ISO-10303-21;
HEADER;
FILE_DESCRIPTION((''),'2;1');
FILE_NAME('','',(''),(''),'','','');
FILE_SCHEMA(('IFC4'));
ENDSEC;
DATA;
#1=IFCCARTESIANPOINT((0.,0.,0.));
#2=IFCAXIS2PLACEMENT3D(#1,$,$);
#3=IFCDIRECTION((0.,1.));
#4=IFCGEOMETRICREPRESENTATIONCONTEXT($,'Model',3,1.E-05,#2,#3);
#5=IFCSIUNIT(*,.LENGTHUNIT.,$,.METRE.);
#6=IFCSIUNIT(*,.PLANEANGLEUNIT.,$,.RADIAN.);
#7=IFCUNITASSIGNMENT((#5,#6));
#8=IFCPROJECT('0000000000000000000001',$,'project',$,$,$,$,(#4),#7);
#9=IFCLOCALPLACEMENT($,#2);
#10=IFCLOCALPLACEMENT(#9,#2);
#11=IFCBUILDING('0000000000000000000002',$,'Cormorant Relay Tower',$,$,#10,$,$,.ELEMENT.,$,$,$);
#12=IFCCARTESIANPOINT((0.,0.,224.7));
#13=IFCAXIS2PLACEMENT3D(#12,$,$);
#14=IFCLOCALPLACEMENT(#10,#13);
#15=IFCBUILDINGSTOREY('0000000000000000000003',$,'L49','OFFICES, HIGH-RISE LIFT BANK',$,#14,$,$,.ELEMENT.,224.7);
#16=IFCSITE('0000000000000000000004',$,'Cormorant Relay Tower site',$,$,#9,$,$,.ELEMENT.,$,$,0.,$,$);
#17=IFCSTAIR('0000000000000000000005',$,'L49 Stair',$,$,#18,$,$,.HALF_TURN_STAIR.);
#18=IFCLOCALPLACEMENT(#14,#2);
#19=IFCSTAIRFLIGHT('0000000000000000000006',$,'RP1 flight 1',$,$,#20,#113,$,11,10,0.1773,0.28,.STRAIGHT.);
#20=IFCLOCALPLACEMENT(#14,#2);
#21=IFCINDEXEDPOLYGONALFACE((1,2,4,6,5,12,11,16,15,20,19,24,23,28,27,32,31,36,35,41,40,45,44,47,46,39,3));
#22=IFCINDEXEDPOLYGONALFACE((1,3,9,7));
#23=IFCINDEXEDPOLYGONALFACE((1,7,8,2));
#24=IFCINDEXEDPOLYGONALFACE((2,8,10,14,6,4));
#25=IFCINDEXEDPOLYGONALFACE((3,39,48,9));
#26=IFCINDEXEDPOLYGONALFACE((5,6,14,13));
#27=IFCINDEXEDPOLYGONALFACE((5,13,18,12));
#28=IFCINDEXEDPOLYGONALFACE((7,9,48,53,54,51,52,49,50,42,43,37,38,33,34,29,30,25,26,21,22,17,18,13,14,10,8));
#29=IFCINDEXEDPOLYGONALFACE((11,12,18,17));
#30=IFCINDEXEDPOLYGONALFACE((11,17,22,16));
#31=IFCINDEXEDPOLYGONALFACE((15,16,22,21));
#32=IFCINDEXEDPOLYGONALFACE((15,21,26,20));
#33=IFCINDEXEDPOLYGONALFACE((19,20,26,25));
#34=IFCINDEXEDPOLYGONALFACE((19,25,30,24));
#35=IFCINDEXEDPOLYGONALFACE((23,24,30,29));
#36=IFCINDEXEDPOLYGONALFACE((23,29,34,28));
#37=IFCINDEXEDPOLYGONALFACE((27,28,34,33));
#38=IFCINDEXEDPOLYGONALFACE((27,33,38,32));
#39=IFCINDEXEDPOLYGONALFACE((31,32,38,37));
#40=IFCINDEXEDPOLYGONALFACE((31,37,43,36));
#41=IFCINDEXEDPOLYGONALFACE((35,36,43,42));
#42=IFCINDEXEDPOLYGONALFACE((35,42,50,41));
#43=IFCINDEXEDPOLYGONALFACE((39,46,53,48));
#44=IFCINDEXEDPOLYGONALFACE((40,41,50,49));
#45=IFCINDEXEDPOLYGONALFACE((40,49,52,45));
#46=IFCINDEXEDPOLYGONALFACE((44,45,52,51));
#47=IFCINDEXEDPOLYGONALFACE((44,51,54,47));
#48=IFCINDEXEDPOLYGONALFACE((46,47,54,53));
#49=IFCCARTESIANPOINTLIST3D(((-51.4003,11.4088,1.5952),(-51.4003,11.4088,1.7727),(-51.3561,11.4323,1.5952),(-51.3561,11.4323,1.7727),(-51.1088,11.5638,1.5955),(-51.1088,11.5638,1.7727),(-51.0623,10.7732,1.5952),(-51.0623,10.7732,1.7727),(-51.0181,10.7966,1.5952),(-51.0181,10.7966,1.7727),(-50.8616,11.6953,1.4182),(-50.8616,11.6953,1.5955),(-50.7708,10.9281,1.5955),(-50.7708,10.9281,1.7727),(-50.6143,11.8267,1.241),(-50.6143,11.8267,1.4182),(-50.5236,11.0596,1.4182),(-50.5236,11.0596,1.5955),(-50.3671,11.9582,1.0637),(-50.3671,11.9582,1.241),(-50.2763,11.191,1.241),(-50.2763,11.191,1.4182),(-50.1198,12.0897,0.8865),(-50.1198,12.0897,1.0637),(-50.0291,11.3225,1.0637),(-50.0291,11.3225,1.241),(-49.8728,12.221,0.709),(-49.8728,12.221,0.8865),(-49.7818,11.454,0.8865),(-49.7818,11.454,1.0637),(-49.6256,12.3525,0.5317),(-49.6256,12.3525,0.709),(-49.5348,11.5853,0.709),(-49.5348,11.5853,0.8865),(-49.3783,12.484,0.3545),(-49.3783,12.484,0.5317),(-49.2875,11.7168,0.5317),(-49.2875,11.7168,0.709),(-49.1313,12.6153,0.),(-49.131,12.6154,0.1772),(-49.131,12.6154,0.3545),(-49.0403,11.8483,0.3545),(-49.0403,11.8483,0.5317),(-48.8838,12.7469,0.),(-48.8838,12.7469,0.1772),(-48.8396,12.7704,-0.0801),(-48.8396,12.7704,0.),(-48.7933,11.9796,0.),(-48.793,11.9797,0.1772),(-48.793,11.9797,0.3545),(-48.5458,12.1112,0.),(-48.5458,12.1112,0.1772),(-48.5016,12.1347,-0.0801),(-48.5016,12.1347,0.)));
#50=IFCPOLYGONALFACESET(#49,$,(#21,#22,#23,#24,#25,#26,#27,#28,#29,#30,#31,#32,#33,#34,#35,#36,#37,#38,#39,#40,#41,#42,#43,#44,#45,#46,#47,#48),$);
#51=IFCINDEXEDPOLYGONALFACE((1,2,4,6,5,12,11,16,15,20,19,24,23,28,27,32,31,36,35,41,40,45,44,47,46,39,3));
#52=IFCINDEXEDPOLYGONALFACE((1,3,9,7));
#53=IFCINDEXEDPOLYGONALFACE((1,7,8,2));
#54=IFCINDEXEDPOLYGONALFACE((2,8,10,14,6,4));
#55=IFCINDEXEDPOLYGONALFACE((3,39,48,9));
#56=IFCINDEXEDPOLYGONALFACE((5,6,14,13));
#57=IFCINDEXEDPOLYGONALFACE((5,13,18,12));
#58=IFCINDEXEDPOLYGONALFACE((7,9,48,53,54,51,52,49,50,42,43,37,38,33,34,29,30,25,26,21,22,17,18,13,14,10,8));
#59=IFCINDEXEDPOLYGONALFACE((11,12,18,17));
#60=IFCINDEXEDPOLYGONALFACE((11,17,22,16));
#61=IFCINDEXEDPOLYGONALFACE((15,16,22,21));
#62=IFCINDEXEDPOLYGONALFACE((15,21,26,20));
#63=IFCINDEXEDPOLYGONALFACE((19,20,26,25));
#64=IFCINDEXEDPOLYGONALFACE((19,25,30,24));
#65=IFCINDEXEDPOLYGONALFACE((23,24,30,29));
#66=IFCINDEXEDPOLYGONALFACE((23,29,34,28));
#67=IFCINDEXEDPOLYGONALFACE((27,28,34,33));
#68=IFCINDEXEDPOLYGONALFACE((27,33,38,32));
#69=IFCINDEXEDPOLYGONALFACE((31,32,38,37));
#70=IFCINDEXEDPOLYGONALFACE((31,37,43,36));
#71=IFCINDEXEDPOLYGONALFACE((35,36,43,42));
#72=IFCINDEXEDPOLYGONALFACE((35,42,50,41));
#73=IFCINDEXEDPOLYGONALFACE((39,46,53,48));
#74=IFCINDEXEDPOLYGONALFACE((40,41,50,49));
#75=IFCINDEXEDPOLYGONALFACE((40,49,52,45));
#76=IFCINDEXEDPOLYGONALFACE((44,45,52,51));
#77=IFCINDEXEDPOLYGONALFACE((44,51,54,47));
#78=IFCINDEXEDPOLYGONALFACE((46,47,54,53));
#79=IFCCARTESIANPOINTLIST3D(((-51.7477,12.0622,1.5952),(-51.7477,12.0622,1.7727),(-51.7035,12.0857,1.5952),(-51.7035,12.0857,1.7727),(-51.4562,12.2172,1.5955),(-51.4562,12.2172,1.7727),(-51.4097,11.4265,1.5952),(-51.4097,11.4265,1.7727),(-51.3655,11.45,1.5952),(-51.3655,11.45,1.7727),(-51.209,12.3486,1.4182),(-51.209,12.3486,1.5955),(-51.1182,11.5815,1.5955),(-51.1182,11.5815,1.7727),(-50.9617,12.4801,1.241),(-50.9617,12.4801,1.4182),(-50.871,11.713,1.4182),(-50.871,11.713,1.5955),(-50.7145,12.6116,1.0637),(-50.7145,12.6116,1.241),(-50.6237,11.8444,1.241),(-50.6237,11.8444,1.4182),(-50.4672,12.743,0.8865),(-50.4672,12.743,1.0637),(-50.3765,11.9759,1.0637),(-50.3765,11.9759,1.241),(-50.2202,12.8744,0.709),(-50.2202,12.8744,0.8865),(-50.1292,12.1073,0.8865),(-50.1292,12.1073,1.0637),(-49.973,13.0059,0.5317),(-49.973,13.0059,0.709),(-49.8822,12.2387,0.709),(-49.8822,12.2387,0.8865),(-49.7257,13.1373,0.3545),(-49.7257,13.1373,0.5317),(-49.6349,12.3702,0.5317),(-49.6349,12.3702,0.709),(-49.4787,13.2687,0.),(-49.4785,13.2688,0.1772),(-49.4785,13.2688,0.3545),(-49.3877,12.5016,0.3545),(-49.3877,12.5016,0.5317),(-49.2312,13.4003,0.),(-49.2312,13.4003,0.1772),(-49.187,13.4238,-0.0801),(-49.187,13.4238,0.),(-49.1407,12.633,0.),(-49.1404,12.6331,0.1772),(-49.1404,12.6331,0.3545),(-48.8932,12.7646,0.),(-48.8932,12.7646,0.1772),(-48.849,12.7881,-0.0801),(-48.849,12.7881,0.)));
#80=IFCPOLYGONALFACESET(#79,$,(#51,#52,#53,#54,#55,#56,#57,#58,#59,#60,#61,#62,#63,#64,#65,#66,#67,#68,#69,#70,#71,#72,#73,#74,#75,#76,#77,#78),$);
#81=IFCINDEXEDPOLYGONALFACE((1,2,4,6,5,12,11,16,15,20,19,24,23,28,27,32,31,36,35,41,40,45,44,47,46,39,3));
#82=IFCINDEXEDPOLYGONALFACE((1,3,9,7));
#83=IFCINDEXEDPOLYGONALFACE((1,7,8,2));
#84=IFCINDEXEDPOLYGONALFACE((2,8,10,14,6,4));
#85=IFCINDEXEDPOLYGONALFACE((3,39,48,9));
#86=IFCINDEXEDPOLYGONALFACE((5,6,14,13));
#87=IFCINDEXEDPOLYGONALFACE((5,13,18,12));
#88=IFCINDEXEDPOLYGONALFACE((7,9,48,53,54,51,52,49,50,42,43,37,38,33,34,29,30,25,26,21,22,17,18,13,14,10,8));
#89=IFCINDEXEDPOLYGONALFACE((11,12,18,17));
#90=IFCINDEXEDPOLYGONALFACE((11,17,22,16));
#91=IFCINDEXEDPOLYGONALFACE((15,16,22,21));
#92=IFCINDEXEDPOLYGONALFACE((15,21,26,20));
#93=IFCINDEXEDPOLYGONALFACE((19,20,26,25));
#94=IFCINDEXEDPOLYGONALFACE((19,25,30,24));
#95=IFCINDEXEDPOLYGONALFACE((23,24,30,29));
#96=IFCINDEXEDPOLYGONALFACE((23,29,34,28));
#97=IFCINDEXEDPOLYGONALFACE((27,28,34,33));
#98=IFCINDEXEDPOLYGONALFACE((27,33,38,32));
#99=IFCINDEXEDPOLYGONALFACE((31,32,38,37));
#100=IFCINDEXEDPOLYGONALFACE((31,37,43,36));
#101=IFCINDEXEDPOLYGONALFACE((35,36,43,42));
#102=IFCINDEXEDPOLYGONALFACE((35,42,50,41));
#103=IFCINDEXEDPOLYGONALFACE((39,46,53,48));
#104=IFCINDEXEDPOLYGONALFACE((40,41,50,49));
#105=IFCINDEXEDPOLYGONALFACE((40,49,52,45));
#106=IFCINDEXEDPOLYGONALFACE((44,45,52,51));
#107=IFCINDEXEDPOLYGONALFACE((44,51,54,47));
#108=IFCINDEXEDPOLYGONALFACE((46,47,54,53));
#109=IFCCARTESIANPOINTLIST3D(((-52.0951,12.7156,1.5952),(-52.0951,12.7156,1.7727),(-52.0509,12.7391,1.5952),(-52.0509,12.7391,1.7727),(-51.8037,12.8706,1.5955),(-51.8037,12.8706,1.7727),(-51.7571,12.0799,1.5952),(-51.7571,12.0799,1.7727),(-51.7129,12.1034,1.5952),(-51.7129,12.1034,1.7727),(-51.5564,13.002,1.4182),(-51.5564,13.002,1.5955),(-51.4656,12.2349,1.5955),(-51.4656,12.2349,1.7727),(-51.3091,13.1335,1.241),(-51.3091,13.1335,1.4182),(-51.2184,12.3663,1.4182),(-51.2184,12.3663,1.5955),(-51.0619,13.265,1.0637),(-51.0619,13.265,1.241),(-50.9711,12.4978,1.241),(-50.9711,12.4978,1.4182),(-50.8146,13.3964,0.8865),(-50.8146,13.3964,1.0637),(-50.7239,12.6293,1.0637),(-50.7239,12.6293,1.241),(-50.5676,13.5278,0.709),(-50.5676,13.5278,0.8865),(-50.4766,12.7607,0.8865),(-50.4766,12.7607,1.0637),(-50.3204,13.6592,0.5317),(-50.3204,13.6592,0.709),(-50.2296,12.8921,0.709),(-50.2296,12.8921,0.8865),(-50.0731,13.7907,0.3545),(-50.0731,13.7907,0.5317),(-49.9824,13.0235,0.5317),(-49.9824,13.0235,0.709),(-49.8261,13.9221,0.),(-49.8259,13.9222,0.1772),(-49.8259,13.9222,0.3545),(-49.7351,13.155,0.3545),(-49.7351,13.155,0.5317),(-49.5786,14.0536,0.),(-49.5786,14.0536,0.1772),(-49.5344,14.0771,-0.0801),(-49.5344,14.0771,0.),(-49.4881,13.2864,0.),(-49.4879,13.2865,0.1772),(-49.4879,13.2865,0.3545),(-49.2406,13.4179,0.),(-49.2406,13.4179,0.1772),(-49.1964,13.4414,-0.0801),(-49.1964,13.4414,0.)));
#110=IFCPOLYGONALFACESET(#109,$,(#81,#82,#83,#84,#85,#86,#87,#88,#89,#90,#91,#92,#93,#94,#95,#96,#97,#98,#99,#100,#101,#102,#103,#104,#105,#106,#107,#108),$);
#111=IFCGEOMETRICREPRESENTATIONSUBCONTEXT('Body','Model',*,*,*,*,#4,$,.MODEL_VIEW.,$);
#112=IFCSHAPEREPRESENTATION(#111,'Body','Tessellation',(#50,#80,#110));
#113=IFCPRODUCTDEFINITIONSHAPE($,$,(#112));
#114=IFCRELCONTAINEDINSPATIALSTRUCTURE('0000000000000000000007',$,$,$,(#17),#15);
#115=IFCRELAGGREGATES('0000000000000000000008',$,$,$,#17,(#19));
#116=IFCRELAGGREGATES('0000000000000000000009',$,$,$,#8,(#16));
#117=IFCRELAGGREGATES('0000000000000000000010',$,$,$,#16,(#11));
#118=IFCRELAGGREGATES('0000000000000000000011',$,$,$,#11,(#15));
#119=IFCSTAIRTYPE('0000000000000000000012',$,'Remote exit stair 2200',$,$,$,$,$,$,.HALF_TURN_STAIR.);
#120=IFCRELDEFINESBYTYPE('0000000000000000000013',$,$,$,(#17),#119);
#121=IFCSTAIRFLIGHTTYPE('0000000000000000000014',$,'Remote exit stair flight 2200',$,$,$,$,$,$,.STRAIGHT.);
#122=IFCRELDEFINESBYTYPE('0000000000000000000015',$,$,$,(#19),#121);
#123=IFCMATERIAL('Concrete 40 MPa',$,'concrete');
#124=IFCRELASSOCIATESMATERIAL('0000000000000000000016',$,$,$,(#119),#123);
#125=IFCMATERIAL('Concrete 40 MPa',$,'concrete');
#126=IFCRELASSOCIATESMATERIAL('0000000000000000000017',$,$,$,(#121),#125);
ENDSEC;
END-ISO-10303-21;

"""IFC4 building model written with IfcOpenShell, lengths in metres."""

from ifc_helpers import new_model, si_unit, direction, frame, origin, place, context, subcontext, project, spatial, polyline, outline, extrude, material, type_object, element, aggregate, save


model = new_model("IFC4")

# Units and contexts
model_context = context("Model", 3, precision=1e-05, world=origin(), true_north=direction((0.0, 1.0)))
body_context = subcontext(model_context, "Body", "Model", "MODEL_VIEW")
ifc_project = project(units=[si_unit("LENGTHUNIT", "METRE"), si_unit("PLANEANGLEUNIT", "RADIAN")], contexts=[model_context])

# Site, building, storey
site_placement = place(None, origin())
site = spatial("IfcSite", under=ifc_project, at=site_placement, Name="Cormorant Relay Tower site", CompositionType="ELEMENT", RefElevation=0.0)
building_placement = place(site_placement, origin())
building = spatial("IfcBuilding", under=site, at=building_placement, Name="Cormorant Relay Tower", CompositionType="ELEMENT")
storey_placement = place(building_placement, frame((0.0, 0.0, 224.7)))
storey = spatial("IfcBuildingStorey", under=building, at=storey_placement, Name="L49", Description="OFFICES, HIGH-RISE LIFT BANK", CompositionType="ELEMENT", Elevation=224.7)

# Stair, stair flight
ifc_material_1 = material(Name="Concrete 40 MPa", Category="concrete")
stair_type = type_object("IfcStairType", Name="Remote exit stair 2200", PredefinedType="HALF_TURN_STAIR", material=ifc_material_1)
stair_placement = place(storey_placement, origin())
stair = element("IfcStair", 1, at=stair_placement, inside=storey, type_object=stair_type, Name="L49 Stair", PredefinedType="HALF_TURN_STAIR")
ifc_material_2 = material(Name="Concrete 40 MPa", Category="concrete")
stair_flight_type = type_object("IfcStairFlightType", Name="Remote exit stair flight 2200", PredefinedType="STRAIGHT", material=ifc_material_2)
stair_flight_1_placement = place(storey_placement, frame((-49.0623, 13.0825, 0.0), z_axis=(0.0, 0.0, 1.0), x_axis=(-0.882948, -0.469472, 0.0)))
stair_flight_1 = element("IfcStairFlight", 2, at=stair_flight_1_placement, type_object=stair_flight_type, Name="RP1 flight 1", NumberOfRisers=11, NumberOfTreads=10, PredefinedType="STRAIGHT", RiserHeight=0.1773, TreadLength=0.28, context=body_context, shape_type="SweptSolid", body=[
    extrude(outline(polyline([(-0.05, -0.0801), (-0.05, 0.0), (0.0, 0.0), (0.0, 0.1772), (0.28, 0.1772), (0.28, 0.3545), (0.5601, 0.3545), (0.5601, 0.5317), (0.8401, 0.5317), (0.8401, 0.709), (1.1201, 0.709), (1.1201, 0.8865), (1.3999, 0.8865), (1.3999, 1.0637), (1.6799, 1.0637), (1.6799, 1.241), (1.96, 1.241), (1.96, 1.4182), (2.24, 1.4182), (2.24, 1.5955), (2.52, 1.5955), (2.52, 1.7727), (2.8, 1.7727), (2.8501, 1.7727), (2.8501, 1.5952), (2.8, 1.5952), (0.2803, 0.0), (-0.05, -0.0801)])), frame((0.0, 1.1001, 0.0), z_axis=(0.0, -1.0, 0.0), x_axis=(1.0, 0.0, 0.0)), (0.0, 0.0, 1.0), 0.72),
    extrude(outline(polyline([(-0.05, -0.0801), (-0.05, 0.0), (0.0, 0.0), (0.0, 0.1772), (0.28, 0.1772), (0.28, 0.3545), (0.5601, 0.3545), (0.5601, 0.5317), (0.8401, 0.5317), (0.8401, 0.709), (1.1201, 0.709), (1.1201, 0.8865), (1.3999, 0.8865), (1.3999, 1.0637), (1.6799, 1.0637), (1.6799, 1.241), (1.96, 1.241), (1.96, 1.4182), (2.24, 1.4182), (2.24, 1.5955), (2.52, 1.5955), (2.52, 1.7727), (2.8, 1.7727), (2.8501, 1.7727), (2.8501, 1.5952), (2.8, 1.5952), (0.2803, 0.0), (-0.05, -0.0801)])), frame((0.0, 0.3601, 0.0), z_axis=(0.0, -1.0, 0.0), x_axis=(1.0, 0.0, 0.0)), (0.0, 0.0, 1.0), 0.72),
    extrude(outline(polyline([(-0.05, -0.0801), (-0.05, 0.0), (0.0, 0.0), (0.0, 0.1772), (0.28, 0.1772), (0.28, 0.3545), (0.5601, 0.3545), (0.5601, 0.5317), (0.8401, 0.5317), (0.8401, 0.709), (1.1201, 0.709), (1.1201, 0.8865), (1.3999, 0.8865), (1.3999, 1.0637), (1.6799, 1.0637), (1.6799, 1.241), (1.96, 1.241), (1.96, 1.4182), (2.24, 1.4182), (2.24, 1.5955), (2.52, 1.5955), (2.52, 1.7727), (2.8, 1.7727), (2.8501, 1.7727), (2.8501, 1.5952), (2.8, 1.5952), (0.2803, 0.0), (-0.05, -0.0801)])), frame((0.0, -0.3799, 0.0), z_axis=(0.0, -1.0, 0.0), x_axis=(1.0, 0.0, 0.0)), (0.0, 0.0, 1.0), 0.72),
])
aggregate(stair, [stair_flight_1])

save(model, "model.ifc")
